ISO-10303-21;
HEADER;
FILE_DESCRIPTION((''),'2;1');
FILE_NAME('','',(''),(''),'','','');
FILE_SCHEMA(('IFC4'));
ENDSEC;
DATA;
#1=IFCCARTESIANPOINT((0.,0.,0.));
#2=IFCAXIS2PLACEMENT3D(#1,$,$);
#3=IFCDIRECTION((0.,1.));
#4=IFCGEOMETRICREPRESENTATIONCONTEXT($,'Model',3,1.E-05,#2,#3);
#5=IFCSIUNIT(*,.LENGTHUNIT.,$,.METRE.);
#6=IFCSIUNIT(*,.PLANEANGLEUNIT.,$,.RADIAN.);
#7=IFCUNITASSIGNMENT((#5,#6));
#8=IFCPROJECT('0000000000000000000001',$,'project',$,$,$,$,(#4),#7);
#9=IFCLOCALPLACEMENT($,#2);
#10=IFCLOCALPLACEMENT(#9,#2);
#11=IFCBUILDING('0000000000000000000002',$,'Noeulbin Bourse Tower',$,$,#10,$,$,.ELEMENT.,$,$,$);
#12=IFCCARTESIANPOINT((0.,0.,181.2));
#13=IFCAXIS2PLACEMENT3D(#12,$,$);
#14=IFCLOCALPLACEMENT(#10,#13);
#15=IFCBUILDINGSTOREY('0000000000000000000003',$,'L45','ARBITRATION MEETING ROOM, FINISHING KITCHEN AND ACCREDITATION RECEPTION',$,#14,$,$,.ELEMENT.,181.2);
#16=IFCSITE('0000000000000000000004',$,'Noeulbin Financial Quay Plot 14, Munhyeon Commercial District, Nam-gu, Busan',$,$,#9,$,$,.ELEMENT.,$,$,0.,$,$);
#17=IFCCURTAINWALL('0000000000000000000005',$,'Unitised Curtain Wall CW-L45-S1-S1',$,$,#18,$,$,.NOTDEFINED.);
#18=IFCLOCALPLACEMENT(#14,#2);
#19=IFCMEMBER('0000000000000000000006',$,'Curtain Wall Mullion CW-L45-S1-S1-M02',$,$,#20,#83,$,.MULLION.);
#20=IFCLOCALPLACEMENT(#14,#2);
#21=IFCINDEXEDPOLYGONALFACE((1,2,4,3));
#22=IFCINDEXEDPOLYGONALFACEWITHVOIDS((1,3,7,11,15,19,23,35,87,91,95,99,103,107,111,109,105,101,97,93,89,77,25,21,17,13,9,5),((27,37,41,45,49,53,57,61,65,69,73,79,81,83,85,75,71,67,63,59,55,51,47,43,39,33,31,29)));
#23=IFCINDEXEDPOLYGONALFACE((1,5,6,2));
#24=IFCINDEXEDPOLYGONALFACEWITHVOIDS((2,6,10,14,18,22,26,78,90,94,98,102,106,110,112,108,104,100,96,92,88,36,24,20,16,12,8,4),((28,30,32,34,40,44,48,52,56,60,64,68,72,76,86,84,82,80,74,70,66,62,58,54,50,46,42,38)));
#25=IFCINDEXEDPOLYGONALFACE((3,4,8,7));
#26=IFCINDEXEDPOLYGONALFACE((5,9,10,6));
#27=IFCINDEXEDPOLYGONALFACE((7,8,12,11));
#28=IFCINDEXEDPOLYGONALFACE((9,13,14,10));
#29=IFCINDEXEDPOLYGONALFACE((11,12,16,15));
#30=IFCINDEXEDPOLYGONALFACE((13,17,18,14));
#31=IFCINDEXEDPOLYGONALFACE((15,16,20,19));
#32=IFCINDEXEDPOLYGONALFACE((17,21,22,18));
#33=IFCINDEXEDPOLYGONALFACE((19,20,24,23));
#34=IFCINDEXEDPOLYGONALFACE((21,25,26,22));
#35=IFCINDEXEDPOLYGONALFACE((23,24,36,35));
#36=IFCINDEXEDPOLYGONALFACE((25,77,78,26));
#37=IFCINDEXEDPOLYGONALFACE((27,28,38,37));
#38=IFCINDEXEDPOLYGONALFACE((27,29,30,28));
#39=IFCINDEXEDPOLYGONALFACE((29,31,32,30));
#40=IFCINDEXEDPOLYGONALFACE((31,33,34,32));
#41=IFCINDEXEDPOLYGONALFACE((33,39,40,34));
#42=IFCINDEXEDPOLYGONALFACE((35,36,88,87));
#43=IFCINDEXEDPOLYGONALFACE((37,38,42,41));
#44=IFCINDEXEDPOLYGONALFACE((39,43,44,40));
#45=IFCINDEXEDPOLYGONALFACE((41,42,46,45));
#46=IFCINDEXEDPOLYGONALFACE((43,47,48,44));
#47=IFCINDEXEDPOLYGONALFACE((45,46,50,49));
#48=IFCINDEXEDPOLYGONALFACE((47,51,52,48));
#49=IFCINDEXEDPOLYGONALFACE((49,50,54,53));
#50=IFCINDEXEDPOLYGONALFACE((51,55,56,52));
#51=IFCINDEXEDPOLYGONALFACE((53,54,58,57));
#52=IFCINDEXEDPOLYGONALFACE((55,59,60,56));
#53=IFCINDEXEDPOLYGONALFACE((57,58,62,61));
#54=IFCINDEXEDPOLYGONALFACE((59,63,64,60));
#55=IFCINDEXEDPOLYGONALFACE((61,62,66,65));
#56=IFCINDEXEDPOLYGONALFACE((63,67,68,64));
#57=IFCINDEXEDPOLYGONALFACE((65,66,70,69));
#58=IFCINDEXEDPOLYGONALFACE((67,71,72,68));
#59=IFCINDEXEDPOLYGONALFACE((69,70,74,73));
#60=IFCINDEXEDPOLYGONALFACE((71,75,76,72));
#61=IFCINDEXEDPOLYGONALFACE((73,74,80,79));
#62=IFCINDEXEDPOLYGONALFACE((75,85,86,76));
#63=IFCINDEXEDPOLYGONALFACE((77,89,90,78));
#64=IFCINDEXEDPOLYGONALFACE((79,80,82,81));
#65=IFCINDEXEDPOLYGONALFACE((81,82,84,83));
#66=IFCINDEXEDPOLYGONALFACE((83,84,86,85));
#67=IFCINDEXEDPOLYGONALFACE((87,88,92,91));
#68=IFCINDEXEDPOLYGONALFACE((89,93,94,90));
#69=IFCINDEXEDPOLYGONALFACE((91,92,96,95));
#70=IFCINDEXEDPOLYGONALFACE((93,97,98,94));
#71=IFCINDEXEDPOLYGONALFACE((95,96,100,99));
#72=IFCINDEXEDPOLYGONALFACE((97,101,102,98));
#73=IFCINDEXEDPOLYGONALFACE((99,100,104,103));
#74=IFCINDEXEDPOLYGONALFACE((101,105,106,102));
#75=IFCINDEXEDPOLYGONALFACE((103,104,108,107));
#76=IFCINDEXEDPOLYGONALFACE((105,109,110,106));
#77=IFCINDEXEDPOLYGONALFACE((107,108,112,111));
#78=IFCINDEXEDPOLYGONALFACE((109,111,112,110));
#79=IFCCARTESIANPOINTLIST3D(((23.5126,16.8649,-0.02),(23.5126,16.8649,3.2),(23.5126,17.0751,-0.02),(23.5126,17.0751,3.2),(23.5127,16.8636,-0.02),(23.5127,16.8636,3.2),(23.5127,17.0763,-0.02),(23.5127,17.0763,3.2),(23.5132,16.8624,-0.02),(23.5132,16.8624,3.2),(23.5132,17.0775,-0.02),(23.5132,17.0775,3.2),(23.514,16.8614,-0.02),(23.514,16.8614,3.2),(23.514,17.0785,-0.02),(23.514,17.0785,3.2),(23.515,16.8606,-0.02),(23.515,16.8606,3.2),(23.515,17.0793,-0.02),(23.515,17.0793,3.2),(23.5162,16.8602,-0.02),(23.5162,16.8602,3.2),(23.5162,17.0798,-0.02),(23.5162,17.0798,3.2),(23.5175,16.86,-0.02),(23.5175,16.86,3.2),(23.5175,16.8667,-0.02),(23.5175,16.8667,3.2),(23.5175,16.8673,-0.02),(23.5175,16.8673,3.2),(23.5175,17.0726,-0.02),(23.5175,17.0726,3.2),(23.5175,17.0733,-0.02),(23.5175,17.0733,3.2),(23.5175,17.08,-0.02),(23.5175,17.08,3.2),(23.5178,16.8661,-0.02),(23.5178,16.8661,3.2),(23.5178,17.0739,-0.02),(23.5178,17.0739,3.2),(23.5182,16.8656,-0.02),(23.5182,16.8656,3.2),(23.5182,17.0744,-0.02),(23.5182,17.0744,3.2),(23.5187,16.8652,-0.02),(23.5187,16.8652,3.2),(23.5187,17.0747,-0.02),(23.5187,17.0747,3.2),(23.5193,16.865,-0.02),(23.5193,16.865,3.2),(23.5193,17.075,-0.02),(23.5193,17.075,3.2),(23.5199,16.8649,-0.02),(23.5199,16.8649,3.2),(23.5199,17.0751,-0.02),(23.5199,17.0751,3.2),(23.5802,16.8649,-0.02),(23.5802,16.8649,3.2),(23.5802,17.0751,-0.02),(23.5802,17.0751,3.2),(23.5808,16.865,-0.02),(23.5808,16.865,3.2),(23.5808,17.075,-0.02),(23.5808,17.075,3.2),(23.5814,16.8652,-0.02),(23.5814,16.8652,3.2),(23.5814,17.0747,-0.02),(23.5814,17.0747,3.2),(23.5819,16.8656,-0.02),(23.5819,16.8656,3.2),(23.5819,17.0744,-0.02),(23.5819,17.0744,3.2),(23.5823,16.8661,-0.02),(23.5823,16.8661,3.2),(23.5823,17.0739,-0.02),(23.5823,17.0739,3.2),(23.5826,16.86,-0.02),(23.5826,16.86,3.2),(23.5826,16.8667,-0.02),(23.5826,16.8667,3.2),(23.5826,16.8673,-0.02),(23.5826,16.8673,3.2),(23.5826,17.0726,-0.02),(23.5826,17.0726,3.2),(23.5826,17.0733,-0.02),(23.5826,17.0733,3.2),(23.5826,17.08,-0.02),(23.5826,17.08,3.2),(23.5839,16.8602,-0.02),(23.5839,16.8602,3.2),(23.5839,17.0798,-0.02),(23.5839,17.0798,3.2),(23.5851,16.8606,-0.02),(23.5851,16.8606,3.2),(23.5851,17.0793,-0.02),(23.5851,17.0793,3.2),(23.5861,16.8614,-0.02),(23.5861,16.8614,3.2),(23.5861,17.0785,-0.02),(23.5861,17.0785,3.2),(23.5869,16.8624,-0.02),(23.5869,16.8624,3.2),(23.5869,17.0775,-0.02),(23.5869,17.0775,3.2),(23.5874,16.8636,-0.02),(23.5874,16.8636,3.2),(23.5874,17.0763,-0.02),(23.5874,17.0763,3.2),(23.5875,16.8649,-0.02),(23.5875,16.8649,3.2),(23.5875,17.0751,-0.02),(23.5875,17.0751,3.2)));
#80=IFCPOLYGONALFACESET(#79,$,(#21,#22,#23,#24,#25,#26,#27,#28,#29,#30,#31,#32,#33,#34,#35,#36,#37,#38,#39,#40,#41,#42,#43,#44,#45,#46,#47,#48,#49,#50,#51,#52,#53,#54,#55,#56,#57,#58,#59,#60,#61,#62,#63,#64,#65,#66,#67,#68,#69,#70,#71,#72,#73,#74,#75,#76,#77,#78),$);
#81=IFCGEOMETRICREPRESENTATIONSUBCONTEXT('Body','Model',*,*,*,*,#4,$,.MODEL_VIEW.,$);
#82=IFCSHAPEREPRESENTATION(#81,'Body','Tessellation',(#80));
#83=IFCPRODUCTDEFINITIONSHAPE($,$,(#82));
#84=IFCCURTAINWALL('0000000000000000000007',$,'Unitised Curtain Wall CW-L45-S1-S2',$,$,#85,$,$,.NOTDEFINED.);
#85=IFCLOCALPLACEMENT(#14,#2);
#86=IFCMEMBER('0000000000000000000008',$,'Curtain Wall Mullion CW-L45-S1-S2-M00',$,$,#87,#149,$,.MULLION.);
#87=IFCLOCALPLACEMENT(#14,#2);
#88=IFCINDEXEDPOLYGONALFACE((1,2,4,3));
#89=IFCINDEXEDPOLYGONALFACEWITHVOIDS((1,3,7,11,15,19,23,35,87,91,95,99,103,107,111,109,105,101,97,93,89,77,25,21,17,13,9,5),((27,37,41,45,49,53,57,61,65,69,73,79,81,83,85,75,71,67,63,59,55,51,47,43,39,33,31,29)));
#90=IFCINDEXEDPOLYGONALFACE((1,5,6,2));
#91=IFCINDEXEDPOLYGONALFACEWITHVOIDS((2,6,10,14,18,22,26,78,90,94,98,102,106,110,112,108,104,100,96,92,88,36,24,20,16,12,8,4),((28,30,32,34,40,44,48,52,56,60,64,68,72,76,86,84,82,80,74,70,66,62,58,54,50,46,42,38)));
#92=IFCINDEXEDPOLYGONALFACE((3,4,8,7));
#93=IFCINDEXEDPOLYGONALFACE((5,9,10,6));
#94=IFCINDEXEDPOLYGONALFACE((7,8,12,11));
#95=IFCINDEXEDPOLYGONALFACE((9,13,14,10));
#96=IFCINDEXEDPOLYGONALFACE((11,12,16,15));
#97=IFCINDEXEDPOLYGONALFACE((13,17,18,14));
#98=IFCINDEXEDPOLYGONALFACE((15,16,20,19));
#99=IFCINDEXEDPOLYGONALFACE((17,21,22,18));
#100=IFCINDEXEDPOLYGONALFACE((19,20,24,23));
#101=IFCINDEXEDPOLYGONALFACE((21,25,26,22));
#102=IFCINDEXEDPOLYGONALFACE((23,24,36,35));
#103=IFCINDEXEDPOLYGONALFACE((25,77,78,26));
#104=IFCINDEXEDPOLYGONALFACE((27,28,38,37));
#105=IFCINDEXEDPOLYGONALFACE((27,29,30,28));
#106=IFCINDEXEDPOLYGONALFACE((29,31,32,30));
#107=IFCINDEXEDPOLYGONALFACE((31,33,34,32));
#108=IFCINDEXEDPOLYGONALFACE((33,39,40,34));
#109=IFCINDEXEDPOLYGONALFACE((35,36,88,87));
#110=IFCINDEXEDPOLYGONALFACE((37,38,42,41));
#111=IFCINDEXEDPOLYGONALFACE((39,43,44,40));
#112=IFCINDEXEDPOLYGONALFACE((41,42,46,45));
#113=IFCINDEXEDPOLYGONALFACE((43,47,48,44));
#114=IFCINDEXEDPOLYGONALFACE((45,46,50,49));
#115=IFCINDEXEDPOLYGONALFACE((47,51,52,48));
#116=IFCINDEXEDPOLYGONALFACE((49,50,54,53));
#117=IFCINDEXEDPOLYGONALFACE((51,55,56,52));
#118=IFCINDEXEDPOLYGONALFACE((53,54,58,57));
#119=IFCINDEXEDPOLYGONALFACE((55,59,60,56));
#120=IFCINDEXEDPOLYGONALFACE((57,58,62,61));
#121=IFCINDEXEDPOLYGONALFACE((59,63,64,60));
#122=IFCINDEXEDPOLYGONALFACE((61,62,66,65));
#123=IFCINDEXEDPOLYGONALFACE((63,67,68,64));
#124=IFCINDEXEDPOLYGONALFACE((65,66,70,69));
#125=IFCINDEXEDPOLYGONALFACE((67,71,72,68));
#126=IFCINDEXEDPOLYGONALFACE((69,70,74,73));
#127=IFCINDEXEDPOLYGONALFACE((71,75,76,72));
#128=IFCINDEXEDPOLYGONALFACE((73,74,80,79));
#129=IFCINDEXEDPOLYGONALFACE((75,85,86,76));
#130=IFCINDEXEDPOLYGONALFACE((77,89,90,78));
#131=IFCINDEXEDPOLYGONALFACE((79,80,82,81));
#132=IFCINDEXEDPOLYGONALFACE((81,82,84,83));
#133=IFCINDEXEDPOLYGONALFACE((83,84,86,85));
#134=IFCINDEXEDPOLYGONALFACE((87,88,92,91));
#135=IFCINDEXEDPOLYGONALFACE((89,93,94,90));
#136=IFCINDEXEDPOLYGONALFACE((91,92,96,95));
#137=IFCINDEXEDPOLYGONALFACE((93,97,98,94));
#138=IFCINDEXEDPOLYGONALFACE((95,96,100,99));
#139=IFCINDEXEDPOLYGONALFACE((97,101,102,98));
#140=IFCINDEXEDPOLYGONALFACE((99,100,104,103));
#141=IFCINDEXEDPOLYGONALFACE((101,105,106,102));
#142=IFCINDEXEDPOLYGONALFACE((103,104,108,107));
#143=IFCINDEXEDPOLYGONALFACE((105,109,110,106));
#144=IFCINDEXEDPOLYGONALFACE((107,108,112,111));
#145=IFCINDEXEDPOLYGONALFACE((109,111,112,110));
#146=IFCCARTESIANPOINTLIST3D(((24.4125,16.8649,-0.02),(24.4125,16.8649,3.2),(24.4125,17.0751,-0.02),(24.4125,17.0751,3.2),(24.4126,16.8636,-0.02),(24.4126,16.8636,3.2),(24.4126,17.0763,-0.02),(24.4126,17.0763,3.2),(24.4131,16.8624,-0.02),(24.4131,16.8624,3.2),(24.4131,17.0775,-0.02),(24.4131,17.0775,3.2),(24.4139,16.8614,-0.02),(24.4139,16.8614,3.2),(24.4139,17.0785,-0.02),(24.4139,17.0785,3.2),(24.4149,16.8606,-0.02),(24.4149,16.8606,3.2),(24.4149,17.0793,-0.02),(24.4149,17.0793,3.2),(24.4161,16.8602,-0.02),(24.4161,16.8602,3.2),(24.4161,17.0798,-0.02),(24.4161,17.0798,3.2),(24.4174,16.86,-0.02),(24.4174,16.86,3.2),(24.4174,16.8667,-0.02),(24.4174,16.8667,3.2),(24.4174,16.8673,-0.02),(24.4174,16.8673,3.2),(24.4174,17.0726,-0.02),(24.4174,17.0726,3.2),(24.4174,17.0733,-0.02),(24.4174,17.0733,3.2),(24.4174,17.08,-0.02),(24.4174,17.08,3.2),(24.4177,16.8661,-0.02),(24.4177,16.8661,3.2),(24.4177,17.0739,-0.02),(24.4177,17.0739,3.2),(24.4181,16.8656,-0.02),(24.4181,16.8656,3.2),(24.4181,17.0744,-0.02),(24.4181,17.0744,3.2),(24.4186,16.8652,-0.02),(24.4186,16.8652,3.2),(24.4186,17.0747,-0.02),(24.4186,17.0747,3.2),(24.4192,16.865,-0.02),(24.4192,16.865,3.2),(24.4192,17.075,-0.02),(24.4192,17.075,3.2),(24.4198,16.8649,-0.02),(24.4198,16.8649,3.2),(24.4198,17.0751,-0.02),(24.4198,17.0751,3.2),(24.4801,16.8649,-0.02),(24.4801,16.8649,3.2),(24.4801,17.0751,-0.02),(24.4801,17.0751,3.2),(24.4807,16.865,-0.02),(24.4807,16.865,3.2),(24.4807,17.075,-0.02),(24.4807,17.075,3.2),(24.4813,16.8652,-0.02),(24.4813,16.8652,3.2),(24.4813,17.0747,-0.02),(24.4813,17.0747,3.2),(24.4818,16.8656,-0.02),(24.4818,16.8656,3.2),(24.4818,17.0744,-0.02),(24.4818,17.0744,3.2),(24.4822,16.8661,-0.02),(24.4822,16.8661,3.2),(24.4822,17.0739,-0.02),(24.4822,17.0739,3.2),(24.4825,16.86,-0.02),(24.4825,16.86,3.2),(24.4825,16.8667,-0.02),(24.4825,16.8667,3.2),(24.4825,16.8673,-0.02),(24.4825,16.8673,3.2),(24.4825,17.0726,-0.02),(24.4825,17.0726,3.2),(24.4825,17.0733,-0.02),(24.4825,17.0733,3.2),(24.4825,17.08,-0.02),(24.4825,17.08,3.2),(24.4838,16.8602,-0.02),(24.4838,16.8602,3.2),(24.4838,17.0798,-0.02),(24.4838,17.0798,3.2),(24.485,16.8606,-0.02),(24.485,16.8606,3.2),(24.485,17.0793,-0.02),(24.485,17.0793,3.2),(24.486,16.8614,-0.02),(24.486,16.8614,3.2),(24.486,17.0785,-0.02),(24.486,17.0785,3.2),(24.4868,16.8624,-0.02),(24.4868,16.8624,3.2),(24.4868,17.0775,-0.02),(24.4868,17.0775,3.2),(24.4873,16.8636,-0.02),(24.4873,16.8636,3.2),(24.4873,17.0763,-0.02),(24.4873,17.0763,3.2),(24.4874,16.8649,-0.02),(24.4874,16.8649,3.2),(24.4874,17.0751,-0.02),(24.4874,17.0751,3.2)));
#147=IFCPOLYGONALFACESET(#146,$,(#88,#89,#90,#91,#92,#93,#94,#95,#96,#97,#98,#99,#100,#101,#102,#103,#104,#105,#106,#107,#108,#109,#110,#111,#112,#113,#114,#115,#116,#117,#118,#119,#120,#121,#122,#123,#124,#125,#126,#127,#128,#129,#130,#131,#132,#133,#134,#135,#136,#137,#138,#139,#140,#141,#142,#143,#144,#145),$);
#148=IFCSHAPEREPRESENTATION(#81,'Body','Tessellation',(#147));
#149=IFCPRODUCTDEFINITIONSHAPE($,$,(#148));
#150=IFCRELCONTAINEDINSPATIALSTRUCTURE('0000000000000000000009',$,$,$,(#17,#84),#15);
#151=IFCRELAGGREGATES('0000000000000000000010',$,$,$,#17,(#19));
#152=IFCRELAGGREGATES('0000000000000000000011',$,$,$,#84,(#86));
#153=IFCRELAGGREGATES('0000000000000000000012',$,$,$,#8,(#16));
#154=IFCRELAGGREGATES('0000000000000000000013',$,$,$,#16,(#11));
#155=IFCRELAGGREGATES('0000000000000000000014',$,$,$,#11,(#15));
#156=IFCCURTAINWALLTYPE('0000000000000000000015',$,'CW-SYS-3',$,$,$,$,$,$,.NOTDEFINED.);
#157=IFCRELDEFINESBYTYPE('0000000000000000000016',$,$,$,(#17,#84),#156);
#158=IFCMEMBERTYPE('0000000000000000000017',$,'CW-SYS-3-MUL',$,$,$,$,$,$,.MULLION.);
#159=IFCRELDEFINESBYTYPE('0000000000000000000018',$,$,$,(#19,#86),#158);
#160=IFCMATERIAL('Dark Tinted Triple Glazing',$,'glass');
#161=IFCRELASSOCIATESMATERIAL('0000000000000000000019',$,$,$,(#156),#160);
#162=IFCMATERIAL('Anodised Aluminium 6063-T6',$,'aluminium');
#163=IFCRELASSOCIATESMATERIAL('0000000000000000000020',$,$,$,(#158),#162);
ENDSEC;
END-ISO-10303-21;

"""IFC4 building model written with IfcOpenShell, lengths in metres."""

from ifc_helpers import new_model, si_unit, direction, frame, origin, origin_2d, place, context, subcontext, project, spatial, hollow_rectangle, extrude, material, material_profile, profile_set, type_object, element, aggregate, save


model = new_model("IFC4")

# Units and contexts
model_context = context("Model", 3, precision=1e-05, world=origin(), true_north=direction((0.0, 1.0)))
body_context = subcontext(model_context, "Body", "Model", "MODEL_VIEW")
ifc_project = project(units=[si_unit("LENGTHUNIT", "METRE"), si_unit("PLANEANGLEUNIT", "RADIAN")], contexts=[model_context])

# Site, building, storey
site_placement = place(None, origin())
site = spatial("IfcSite", under=ifc_project, at=site_placement, Name="Noeulbin Financial Quay Plot 14, Munhyeon Commercial District, Nam-gu, Busan", CompositionType="ELEMENT", RefElevation=0.0)
building_placement = place(site_placement, origin())
building = spatial("IfcBuilding", under=site, at=building_placement, Name="Noeulbin Bourse Tower", CompositionType="ELEMENT")
storey_placement = place(building_placement, frame((0.0, 0.0, 181.2)))
storey = spatial("IfcBuildingStorey", under=building, at=storey_placement, Name="L45", Description="ARBITRATION MEETING ROOM, FINISHING KITCHEN AND ACCREDITATION RECEPTION", CompositionType="ELEMENT", Elevation=181.2)

# Curtain wall, member
ifc_material_1 = material(Name="Dark Tinted Triple Glazing", Category="glass")
curtain_wall_type = type_object("IfcCurtainWallType", Name="CW-SYS-3", PredefinedType="NOTDEFINED", material=ifc_material_1)
curtain_wall_1_placement = place(storey_placement, origin())
curtain_wall_1 = element("IfcCurtainWall", 1, at=curtain_wall_1_placement, inside=storey, type_object=curtain_wall_type, Name="Unitised Curtain Wall CW-L45-S1-S1", PredefinedType="NOTDEFINED")
ifc_material_2 = material(Name="Anodised Aluminium 6063-T6", Category="aluminium")
ifc_material_profile_1 = material_profile(ifc_material_2, hollow_rectangle(XDim=0.075, YDim=0.22, WallThickness=0.0049, InnerFilletRadius=0.0024, OuterFilletRadius=0.0049, at=origin_2d()), Name="ALU-MULL-75x220x5", Category="LoadBearing")
ifc_profile_set_1 = profile_set([ifc_material_profile_1], Name="Anodised Aluminium 6063-T6")
member_type_1 = type_object("IfcMemberType", Name="CW-SYS-3-MUL", PredefinedType="MULLION", material=ifc_profile_set_1)
member_1_placement = place(storey_placement, frame((23.55, 16.97, -0.02), z_axis=(0.0, 0.0, 1.0), x_axis=(1.0, 0.0, 0.0)))
member_1 = element("IfcMember", 2, at=member_1_placement, type_object=member_type_1, Name="Curtain Wall Mullion CW-L45-S1-S1-M02", PredefinedType="MULLION", context=body_context, shape_type="SweptSolid", body=[
    extrude(hollow_rectangle(XDim=0.075, YDim=0.22, WallThickness=0.0049, InnerFilletRadius=0.0024, OuterFilletRadius=0.0049, at=origin_2d()), origin(), (0.0, 0.0, 1.0), 3.22),
])

# Curtain wall, member
curtain_wall_2_placement = place(storey_placement, origin())
curtain_wall_2 = element("IfcCurtainWall", 3, at=curtain_wall_2_placement, inside=storey, type_object=curtain_wall_type, Name="Unitised Curtain Wall CW-L45-S1-S2", PredefinedType="NOTDEFINED")
member_2_placement = place(storey_placement, frame((24.45, 16.97, -0.02), z_axis=(0.0, 0.0, 1.0), x_axis=(1.0, 0.0, 0.0)))
member_2 = element("IfcMember", 4, at=member_2_placement, type_object=member_type_1, Name="Curtain Wall Mullion CW-L45-S1-S2-M00", PredefinedType="MULLION", context=body_context, shape_type="SweptSolid", body=[
    extrude(hollow_rectangle(XDim=0.075, YDim=0.22, WallThickness=0.0049, InnerFilletRadius=0.0024, OuterFilletRadius=0.0049, at=origin_2d()), origin(), (0.0, 0.0, 1.0), 3.22),
])

aggregate(curtain_wall_1, [member_1])
aggregate(curtain_wall_2, [member_2])

save(model, "model.ifc")
